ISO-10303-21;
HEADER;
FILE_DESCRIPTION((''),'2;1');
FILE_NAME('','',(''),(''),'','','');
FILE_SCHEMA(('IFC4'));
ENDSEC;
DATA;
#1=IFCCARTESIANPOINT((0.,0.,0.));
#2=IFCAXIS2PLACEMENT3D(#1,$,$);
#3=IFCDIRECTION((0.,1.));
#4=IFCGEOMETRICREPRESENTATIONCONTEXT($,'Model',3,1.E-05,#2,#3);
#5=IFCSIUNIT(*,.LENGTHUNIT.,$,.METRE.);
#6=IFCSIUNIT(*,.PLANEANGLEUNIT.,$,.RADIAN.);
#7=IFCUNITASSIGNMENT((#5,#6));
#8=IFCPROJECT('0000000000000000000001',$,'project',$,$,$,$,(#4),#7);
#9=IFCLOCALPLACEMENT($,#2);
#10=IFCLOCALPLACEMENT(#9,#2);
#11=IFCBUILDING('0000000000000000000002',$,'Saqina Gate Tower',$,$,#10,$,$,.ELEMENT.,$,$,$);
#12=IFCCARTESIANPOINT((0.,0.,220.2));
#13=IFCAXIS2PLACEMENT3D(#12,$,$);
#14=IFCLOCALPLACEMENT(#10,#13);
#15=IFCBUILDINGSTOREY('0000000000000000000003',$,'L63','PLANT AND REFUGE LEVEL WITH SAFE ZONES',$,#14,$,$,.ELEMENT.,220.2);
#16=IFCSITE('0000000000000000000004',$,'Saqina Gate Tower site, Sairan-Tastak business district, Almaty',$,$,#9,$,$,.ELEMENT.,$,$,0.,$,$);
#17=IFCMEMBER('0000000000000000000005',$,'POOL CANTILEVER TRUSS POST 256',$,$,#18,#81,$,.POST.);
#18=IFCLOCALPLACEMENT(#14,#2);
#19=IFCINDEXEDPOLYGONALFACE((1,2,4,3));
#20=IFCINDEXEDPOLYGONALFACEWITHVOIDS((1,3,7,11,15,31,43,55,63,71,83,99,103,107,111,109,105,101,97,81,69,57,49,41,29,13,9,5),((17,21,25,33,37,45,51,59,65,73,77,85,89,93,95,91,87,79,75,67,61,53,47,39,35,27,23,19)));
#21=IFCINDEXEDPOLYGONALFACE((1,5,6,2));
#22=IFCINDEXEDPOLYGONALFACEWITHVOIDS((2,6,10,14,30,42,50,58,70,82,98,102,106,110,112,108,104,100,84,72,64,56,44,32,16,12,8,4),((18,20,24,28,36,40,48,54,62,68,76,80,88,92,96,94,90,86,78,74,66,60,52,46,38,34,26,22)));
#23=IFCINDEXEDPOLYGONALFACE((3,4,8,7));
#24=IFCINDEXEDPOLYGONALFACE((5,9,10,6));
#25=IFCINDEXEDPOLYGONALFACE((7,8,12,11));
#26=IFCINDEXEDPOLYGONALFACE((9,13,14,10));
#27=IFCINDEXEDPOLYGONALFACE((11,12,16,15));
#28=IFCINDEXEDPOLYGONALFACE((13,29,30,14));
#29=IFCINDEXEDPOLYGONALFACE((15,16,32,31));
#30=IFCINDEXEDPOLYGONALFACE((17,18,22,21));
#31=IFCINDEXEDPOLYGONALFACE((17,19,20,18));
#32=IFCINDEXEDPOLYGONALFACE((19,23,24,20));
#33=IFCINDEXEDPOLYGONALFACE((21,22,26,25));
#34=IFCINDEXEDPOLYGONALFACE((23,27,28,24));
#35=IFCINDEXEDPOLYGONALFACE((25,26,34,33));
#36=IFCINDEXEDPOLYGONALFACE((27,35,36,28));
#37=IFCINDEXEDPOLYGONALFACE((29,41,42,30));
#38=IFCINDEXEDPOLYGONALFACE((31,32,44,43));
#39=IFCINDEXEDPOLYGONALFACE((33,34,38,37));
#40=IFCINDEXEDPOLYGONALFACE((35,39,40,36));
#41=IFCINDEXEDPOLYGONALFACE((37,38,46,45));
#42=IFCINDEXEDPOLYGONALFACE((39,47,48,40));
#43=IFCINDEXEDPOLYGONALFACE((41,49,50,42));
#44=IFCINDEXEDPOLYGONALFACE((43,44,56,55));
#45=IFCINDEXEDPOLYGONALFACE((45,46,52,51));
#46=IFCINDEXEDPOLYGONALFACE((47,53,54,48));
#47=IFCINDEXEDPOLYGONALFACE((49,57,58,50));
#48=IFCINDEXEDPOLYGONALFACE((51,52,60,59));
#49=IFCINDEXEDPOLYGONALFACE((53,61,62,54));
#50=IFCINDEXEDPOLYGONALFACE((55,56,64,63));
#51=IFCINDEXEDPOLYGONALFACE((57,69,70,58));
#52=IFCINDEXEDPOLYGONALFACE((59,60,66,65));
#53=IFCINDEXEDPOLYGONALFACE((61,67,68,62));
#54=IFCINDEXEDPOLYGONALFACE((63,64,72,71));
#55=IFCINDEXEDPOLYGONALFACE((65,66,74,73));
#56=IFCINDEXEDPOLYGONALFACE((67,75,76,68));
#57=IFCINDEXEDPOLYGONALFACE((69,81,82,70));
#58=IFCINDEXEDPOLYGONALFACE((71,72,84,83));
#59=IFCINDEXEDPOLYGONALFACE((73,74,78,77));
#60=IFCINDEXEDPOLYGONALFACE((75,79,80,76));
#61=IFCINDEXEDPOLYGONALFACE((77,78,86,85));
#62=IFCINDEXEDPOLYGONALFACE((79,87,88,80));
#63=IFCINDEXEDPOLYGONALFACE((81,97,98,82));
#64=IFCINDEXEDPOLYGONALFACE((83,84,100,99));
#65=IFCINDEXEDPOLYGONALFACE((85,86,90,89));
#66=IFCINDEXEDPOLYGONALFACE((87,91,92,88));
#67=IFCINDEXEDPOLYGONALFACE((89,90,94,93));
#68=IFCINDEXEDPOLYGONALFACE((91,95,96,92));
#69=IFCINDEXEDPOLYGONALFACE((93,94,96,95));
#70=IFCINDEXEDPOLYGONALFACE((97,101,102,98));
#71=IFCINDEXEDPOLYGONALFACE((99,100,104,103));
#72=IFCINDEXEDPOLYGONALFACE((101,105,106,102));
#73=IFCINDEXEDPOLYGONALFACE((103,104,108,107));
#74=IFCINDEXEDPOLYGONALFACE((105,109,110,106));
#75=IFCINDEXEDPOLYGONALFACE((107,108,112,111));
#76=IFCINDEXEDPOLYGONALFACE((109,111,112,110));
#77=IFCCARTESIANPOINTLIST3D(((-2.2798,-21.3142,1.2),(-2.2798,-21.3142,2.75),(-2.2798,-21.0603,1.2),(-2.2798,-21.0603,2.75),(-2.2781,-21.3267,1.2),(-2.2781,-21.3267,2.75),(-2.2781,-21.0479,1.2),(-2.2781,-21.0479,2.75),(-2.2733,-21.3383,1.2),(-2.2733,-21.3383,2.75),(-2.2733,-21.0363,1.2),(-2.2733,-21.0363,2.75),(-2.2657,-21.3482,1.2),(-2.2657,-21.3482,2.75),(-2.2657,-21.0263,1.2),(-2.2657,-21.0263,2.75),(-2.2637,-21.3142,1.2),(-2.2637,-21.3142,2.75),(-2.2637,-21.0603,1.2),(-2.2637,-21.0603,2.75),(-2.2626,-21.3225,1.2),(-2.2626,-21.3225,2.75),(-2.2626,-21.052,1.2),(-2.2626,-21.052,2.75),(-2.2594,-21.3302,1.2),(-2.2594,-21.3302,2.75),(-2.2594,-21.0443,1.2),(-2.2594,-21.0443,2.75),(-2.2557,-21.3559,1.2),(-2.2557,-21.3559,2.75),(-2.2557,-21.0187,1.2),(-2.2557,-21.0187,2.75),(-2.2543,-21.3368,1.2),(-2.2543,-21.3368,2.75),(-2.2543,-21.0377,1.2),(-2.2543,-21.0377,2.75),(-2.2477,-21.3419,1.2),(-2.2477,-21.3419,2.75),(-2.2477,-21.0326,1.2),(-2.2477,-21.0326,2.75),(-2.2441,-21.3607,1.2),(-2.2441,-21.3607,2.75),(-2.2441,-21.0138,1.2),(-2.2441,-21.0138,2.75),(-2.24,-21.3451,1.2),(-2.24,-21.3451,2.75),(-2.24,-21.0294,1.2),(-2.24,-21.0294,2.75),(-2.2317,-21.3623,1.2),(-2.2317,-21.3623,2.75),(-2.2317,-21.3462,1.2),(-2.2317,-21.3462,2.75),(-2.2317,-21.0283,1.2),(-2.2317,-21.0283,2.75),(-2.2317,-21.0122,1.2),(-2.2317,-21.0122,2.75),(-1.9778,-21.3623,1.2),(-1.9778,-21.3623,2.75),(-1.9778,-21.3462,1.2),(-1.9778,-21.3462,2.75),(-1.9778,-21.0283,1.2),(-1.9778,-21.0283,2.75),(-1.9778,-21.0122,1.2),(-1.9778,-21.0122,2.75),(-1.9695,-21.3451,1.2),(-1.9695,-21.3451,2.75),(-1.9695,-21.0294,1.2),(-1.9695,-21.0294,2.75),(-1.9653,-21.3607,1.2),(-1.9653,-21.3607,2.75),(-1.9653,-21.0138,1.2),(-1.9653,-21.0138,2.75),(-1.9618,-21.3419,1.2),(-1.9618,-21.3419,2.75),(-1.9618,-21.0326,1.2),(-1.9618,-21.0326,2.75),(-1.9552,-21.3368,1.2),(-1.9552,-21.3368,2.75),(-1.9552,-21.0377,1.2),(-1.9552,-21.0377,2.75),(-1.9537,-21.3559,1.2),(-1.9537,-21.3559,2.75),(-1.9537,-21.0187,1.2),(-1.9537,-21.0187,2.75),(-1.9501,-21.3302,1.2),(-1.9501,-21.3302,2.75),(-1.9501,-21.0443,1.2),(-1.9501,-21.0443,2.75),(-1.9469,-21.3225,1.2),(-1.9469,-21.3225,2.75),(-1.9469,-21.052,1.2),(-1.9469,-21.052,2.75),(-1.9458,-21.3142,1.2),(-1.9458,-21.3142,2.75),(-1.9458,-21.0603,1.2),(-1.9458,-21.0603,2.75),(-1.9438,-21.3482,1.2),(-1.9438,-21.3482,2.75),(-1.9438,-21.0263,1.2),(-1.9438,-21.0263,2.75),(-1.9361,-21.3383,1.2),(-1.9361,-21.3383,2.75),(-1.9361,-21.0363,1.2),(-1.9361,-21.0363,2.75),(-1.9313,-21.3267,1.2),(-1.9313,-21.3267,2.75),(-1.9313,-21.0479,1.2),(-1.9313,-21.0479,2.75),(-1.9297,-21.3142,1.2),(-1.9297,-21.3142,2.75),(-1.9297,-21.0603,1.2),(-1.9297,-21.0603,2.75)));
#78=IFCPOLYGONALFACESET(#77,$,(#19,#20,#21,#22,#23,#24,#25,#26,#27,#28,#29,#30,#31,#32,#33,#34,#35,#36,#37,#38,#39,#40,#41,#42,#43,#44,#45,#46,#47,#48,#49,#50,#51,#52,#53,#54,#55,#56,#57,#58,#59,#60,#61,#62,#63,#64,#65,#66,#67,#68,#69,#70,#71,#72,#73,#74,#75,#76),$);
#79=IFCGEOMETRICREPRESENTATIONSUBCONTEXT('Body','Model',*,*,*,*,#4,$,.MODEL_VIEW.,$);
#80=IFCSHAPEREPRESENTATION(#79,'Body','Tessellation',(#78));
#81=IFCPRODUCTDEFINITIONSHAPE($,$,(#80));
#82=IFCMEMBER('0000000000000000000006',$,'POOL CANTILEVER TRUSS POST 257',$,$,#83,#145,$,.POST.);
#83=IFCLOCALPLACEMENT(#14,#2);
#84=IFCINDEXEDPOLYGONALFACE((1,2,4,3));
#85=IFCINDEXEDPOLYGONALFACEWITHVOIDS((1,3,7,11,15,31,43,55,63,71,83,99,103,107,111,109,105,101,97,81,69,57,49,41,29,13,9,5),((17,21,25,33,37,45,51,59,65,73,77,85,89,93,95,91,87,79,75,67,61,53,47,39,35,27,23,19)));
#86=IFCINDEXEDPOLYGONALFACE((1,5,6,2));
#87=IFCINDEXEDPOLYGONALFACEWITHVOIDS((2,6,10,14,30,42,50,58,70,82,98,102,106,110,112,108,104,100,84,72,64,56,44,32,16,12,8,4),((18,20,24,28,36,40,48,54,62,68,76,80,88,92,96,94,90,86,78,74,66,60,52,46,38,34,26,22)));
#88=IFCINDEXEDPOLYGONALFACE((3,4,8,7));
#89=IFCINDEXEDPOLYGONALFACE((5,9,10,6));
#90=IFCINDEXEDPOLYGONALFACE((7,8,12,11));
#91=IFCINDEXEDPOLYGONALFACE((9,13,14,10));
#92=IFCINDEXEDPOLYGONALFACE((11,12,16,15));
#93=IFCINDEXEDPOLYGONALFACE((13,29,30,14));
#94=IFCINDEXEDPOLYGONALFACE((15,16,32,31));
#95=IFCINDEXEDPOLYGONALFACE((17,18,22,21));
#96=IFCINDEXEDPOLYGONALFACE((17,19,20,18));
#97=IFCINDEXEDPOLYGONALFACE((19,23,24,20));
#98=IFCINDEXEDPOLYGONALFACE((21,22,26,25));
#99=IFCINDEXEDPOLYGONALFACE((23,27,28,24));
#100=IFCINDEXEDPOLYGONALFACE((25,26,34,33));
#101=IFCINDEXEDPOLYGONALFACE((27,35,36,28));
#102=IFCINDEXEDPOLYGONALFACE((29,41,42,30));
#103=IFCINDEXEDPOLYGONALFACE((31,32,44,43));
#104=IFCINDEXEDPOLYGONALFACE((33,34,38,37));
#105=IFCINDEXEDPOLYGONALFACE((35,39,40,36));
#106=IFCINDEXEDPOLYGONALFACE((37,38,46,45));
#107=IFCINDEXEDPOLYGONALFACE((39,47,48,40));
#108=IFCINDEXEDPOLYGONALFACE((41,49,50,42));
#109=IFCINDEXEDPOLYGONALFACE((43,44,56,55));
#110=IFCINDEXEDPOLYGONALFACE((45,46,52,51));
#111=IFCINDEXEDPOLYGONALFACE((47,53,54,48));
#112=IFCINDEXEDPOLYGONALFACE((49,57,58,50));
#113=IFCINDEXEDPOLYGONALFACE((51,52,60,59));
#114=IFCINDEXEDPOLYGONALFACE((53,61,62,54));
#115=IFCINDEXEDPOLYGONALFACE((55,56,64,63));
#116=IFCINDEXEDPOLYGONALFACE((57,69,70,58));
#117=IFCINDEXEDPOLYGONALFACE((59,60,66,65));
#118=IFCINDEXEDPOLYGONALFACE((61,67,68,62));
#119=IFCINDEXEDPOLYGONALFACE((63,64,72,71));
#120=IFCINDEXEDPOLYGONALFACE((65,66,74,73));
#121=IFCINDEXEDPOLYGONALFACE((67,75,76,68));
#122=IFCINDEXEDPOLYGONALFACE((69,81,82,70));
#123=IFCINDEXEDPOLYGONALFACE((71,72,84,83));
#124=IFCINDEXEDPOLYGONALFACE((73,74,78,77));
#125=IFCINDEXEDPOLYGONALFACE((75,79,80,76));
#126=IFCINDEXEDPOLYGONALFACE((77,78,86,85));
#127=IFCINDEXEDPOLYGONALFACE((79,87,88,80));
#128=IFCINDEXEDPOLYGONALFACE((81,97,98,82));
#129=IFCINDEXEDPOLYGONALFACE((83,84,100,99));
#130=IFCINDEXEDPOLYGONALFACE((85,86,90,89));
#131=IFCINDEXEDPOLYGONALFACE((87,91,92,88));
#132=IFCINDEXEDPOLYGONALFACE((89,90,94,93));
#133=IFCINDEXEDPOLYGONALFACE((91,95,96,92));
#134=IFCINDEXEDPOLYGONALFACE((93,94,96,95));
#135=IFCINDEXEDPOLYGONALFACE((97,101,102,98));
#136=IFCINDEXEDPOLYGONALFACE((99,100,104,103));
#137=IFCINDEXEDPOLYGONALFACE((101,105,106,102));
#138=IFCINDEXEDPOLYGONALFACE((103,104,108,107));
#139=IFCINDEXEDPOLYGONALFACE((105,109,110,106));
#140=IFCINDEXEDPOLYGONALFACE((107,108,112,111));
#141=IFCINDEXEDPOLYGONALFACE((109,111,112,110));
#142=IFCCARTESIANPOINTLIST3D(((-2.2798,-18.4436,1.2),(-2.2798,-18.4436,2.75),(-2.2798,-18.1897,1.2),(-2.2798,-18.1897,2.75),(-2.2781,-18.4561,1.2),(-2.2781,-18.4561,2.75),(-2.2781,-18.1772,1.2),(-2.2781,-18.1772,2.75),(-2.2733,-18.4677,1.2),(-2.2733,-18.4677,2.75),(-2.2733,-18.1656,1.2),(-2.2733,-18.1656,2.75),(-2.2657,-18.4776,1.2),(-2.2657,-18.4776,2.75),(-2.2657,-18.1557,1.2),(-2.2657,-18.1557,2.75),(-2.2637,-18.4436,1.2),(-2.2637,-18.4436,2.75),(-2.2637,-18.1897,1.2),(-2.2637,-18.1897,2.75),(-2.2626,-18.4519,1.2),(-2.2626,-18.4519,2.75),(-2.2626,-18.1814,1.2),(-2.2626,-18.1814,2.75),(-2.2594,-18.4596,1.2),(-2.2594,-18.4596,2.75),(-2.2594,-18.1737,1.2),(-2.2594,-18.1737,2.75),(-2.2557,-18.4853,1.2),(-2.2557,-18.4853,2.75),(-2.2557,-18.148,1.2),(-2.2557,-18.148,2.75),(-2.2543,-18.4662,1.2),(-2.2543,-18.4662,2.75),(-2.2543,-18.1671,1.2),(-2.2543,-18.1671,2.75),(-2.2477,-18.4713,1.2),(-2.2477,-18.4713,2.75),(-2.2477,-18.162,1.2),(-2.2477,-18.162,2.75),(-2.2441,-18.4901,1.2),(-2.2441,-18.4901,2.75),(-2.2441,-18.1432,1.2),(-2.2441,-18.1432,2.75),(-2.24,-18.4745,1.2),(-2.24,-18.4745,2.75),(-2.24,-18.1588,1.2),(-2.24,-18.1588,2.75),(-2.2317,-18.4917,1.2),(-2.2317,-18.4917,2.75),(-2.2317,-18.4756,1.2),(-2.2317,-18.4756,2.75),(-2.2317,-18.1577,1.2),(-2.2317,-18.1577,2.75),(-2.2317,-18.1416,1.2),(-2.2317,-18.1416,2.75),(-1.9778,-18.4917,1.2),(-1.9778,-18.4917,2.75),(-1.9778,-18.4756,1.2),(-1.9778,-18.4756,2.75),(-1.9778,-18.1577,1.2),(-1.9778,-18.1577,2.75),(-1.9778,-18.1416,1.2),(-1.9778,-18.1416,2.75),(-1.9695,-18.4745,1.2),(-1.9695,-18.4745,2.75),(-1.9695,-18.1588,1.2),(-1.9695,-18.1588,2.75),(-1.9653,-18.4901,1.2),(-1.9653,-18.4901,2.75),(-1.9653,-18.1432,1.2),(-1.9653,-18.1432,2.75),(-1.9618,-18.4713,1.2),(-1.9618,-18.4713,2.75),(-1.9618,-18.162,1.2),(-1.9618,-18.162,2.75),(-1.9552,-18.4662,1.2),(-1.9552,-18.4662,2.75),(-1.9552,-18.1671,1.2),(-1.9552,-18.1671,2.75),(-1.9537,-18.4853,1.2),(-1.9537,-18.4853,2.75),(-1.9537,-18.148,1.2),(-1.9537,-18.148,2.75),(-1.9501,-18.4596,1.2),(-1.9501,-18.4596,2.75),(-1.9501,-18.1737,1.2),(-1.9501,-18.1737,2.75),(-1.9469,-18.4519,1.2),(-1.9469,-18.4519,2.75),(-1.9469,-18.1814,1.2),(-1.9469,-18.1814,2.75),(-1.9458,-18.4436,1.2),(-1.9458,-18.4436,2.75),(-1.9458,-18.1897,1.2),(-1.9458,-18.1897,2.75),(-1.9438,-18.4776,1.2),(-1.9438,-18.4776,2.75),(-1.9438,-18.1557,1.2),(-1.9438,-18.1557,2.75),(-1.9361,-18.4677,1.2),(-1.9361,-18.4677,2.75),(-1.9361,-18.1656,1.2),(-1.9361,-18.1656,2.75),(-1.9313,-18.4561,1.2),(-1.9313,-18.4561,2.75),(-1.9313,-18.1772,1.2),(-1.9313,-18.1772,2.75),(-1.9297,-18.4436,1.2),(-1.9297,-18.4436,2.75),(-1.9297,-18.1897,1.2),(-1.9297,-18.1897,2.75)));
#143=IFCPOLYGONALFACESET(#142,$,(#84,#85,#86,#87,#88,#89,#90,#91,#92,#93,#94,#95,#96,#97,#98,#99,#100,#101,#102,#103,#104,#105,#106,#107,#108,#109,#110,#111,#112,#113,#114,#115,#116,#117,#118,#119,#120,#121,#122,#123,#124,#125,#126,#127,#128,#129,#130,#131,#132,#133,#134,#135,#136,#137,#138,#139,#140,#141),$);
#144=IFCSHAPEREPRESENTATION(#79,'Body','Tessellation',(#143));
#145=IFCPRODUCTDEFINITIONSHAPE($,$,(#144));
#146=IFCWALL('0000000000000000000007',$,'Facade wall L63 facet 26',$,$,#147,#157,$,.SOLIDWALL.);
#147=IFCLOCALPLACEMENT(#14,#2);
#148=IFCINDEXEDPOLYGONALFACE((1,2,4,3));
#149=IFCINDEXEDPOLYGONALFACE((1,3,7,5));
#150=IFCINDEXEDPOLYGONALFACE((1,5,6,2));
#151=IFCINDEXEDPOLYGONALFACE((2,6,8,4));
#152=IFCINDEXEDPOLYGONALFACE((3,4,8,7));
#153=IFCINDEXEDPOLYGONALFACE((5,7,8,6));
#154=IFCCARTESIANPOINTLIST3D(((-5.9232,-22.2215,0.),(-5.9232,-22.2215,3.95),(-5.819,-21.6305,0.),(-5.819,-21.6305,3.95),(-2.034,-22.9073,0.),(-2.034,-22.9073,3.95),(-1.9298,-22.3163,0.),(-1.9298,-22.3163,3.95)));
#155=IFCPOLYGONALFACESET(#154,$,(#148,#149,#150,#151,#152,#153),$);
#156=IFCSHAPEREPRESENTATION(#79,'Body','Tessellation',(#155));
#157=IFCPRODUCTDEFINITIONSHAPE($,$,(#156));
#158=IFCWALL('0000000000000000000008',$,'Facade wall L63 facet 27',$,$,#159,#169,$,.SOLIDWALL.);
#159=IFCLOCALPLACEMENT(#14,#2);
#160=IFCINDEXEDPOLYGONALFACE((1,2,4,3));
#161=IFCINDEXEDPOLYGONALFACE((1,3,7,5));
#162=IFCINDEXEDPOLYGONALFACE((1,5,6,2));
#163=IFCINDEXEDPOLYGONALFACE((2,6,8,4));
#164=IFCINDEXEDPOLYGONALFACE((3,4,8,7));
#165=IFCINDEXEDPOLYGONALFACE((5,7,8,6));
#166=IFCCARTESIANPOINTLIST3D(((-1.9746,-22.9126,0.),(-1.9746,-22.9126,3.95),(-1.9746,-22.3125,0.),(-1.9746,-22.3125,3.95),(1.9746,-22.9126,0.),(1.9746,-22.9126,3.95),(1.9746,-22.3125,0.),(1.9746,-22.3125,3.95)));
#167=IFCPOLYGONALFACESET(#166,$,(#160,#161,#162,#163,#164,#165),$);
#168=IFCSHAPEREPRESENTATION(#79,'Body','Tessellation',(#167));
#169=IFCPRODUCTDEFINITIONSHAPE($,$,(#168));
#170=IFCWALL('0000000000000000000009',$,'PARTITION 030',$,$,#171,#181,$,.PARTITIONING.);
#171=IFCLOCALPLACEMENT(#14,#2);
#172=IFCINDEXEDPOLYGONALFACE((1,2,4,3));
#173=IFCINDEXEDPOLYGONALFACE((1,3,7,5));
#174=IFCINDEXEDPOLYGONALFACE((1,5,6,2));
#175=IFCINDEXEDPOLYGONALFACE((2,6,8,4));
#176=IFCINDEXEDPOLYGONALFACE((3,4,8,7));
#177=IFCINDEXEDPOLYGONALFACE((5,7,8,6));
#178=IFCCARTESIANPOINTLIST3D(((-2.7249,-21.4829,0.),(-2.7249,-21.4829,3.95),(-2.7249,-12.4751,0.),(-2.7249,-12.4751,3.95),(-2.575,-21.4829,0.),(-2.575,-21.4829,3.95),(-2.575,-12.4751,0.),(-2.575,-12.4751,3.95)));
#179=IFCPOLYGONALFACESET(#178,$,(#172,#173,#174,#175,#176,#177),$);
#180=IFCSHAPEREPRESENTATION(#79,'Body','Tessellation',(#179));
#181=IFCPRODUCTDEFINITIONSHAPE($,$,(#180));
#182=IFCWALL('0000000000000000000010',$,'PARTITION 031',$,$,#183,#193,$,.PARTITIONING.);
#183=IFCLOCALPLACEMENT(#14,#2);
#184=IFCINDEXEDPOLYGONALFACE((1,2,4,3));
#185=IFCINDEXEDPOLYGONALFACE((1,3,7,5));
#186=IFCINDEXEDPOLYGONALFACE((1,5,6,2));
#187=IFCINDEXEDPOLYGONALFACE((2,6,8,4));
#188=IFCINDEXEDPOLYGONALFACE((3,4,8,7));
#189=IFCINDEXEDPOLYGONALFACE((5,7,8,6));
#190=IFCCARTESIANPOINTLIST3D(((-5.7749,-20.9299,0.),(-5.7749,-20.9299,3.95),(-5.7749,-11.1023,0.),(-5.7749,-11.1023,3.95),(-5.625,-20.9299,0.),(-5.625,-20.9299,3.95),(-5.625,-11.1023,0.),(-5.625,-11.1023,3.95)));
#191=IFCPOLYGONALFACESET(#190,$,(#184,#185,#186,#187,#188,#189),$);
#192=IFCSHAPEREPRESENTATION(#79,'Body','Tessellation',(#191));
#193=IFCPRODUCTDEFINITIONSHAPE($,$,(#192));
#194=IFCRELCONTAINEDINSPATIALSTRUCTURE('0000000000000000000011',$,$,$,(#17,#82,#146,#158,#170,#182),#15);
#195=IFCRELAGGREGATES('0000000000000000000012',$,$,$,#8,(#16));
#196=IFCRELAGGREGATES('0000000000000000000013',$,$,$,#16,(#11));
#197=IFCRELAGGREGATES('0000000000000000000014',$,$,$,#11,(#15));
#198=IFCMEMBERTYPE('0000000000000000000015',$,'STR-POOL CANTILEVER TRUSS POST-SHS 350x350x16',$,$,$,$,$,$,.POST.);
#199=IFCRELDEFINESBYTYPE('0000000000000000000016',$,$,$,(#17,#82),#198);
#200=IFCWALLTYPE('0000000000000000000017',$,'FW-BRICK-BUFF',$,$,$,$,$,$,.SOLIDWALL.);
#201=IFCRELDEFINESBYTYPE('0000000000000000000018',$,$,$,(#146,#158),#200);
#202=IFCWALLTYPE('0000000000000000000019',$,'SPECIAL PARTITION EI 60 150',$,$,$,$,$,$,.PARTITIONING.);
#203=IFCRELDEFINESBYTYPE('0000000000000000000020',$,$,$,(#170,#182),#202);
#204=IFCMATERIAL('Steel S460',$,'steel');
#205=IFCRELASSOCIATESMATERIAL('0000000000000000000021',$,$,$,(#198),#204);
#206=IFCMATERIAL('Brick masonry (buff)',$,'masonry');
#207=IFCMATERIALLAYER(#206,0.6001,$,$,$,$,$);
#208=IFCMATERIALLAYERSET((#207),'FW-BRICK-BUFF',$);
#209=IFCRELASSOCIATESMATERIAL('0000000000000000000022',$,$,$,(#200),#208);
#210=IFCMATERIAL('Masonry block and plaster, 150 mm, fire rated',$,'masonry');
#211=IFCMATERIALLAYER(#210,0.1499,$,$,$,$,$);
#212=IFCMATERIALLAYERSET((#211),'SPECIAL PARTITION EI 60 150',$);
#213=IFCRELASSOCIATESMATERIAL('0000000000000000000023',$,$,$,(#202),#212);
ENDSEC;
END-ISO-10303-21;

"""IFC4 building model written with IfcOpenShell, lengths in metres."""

from ifc_helpers import new_model, si_unit, direction, frame, frame_2d, origin, origin_2d, place, context, subcontext, project, spatial, rectangle, hollow_rectangle, extrude, material, layer, layer_set, material_profile, profile_set, type_object, element, save


model = new_model("IFC4")

# Units and contexts
model_context = context("Model", 3, precision=1e-05, world=origin(), true_north=direction((0.0, 1.0)))
body_context = subcontext(model_context, "Body", "Model", "MODEL_VIEW")
ifc_project = project(units=[si_unit("LENGTHUNIT", "METRE"), si_unit("PLANEANGLEUNIT", "RADIAN")], contexts=[model_context])

# Site, building, storey
site_placement = place(None, origin())
site = spatial("IfcSite", under=ifc_project, at=site_placement, Name="Saqina Gate Tower site, Sairan-Tastak business district, Almaty", CompositionType="ELEMENT", RefElevation=0.0)
building_placement = place(site_placement, origin())
building = spatial("IfcBuilding", under=site, at=building_placement, Name="Saqina Gate Tower", CompositionType="ELEMENT")
storey_placement = place(building_placement, frame((0.0, 0.0, 220.2)))
storey = spatial("IfcBuildingStorey", under=building, at=storey_placement, Name="L63", Description="PLANT AND REFUGE LEVEL WITH SAFE ZONES", CompositionType="ELEMENT", Elevation=220.2)

# Members
ifc_material_1 = material(Name="Steel S460", Category="steel")
ifc_material_profile_1 = material_profile(ifc_material_1, hollow_rectangle(XDim=0.3501, YDim=0.3501, WallThickness=0.0161, InnerFilletRadius=0.032, OuterFilletRadius=0.0481, at=origin_2d()), Name="SHS 350x350x16")
ifc_profile_set_1 = profile_set([ifc_material_profile_1], Name="Steel S460")
member_type_1 = type_object("IfcMemberType", Name="STR-POOL CANTILEVER TRUSS POST-SHS 350x350x16", PredefinedType="POST", material=ifc_profile_set_1)
for number, where, z_axis, x_axis, name in (
    (1, (-2.1047, -21.1873, 1.2), (0.0, 0.0, 1.0), (1.0, 0.0, 0.0), "POOL CANTILEVER TRUSS POST 256"),
    (2, (-2.1047, -18.3167, 1.2), (0.0, 0.0, 1.0), (1.0, 0.0, 0.0), "POOL CANTILEVER TRUSS POST 257"),
):
    element("IfcMember", number, at=place(storey_placement, frame(where, z_axis=z_axis, x_axis=x_axis)), inside=storey, type_object=member_type_1, Name=name, PredefinedType="POST", context=body_context, shape_type="SweptSolid", body=[
        extrude(hollow_rectangle(XDim=0.3501, YDim=0.3501, WallThickness=0.0161, InnerFilletRadius=0.032, OuterFilletRadius=0.0481, at=origin_2d()), origin(), (0.0, 0.0, 1.0), 1.55),
    ])

# Walls
ifc_material_2 = material(Name="Brick masonry (buff)", Category="masonry")
ifc_layer_1 = layer(ifc_material_2, 0.6001)
ifc_layer_set_1 = layer_set([ifc_layer_1], Name="FW-BRICK-BUFF")
wall_type_1 = type_object("IfcWallType", Name="FW-BRICK-BUFF", PredefinedType="SOLIDWALL", material=ifc_layer_set_1)
for number, where, z_axis, x_axis, name in (
    (3, (-5.8711, -21.926, 0.0), (0.0, 0.0, 1.0), (0.984807, -0.173655, 0.0), "Facade wall L63 facet 26"),
    (4, (-1.9746, -22.6125, 0.0), (0.0, 0.0, 1.0), (1.0, 0.0, 0.0), "Facade wall L63 facet 27"),
):
    element("IfcWall", number, at=place(storey_placement, frame(where, z_axis=z_axis, x_axis=x_axis)), inside=storey, type_object=wall_type_1, Name=name, PredefinedType="SOLIDWALL", context=body_context, shape_type="SweptSolid", body=[
        extrude(rectangle(XDim=3.9492, YDim=0.6001, at=frame_2d((1.9746, 0.0))), origin(), (0.0, 0.0, 1.0), 3.95),
    ])
ifc_material_3 = material(Name="Masonry block and plaster, 150 mm, fire rated", Category="masonry")
ifc_layer_2 = layer(ifc_material_3, 0.1499)
ifc_layer_set_2 = layer_set([ifc_layer_2], Name="SPECIAL PARTITION EI 60 150")
wall_type_2 = type_object("IfcWallType", Name="SPECIAL PARTITION EI 60 150", PredefinedType="PARTITIONING", material=ifc_layer_set_2)
wall_1_placement = place(storey_placement, frame((-2.6499, -21.4829, 0.0), z_axis=(0.0, 0.0, 1.0), x_axis=(0.0, 1.0, 0.0)))
element("IfcWall", 5, at=wall_1_placement, inside=storey, type_object=wall_type_2, Name="PARTITION 030", PredefinedType="PARTITIONING", context=body_context, shape_type="SweptSolid", body=[
    extrude(rectangle(XDim=9.0078, YDim=0.1499, at=frame_2d((4.5039, 0.0))), origin(), (0.0, 0.0, 1.0), 3.95),
])
wall_2_placement = place(storey_placement, frame((-5.7, -20.9299, 0.0), z_axis=(0.0, 0.0, 1.0), x_axis=(0.0, 1.0, 0.0)))
element("IfcWall", 6, at=wall_2_placement, inside=storey, type_object=wall_type_2, Name="PARTITION 031", PredefinedType="PARTITIONING", context=body_context, shape_type="SweptSolid", body=[
    extrude(rectangle(XDim=9.8276, YDim=0.1499, at=frame_2d((4.9138, 0.0))), origin(), (0.0, 0.0, 1.0), 3.95),
])

save(model, "model.ifc")
